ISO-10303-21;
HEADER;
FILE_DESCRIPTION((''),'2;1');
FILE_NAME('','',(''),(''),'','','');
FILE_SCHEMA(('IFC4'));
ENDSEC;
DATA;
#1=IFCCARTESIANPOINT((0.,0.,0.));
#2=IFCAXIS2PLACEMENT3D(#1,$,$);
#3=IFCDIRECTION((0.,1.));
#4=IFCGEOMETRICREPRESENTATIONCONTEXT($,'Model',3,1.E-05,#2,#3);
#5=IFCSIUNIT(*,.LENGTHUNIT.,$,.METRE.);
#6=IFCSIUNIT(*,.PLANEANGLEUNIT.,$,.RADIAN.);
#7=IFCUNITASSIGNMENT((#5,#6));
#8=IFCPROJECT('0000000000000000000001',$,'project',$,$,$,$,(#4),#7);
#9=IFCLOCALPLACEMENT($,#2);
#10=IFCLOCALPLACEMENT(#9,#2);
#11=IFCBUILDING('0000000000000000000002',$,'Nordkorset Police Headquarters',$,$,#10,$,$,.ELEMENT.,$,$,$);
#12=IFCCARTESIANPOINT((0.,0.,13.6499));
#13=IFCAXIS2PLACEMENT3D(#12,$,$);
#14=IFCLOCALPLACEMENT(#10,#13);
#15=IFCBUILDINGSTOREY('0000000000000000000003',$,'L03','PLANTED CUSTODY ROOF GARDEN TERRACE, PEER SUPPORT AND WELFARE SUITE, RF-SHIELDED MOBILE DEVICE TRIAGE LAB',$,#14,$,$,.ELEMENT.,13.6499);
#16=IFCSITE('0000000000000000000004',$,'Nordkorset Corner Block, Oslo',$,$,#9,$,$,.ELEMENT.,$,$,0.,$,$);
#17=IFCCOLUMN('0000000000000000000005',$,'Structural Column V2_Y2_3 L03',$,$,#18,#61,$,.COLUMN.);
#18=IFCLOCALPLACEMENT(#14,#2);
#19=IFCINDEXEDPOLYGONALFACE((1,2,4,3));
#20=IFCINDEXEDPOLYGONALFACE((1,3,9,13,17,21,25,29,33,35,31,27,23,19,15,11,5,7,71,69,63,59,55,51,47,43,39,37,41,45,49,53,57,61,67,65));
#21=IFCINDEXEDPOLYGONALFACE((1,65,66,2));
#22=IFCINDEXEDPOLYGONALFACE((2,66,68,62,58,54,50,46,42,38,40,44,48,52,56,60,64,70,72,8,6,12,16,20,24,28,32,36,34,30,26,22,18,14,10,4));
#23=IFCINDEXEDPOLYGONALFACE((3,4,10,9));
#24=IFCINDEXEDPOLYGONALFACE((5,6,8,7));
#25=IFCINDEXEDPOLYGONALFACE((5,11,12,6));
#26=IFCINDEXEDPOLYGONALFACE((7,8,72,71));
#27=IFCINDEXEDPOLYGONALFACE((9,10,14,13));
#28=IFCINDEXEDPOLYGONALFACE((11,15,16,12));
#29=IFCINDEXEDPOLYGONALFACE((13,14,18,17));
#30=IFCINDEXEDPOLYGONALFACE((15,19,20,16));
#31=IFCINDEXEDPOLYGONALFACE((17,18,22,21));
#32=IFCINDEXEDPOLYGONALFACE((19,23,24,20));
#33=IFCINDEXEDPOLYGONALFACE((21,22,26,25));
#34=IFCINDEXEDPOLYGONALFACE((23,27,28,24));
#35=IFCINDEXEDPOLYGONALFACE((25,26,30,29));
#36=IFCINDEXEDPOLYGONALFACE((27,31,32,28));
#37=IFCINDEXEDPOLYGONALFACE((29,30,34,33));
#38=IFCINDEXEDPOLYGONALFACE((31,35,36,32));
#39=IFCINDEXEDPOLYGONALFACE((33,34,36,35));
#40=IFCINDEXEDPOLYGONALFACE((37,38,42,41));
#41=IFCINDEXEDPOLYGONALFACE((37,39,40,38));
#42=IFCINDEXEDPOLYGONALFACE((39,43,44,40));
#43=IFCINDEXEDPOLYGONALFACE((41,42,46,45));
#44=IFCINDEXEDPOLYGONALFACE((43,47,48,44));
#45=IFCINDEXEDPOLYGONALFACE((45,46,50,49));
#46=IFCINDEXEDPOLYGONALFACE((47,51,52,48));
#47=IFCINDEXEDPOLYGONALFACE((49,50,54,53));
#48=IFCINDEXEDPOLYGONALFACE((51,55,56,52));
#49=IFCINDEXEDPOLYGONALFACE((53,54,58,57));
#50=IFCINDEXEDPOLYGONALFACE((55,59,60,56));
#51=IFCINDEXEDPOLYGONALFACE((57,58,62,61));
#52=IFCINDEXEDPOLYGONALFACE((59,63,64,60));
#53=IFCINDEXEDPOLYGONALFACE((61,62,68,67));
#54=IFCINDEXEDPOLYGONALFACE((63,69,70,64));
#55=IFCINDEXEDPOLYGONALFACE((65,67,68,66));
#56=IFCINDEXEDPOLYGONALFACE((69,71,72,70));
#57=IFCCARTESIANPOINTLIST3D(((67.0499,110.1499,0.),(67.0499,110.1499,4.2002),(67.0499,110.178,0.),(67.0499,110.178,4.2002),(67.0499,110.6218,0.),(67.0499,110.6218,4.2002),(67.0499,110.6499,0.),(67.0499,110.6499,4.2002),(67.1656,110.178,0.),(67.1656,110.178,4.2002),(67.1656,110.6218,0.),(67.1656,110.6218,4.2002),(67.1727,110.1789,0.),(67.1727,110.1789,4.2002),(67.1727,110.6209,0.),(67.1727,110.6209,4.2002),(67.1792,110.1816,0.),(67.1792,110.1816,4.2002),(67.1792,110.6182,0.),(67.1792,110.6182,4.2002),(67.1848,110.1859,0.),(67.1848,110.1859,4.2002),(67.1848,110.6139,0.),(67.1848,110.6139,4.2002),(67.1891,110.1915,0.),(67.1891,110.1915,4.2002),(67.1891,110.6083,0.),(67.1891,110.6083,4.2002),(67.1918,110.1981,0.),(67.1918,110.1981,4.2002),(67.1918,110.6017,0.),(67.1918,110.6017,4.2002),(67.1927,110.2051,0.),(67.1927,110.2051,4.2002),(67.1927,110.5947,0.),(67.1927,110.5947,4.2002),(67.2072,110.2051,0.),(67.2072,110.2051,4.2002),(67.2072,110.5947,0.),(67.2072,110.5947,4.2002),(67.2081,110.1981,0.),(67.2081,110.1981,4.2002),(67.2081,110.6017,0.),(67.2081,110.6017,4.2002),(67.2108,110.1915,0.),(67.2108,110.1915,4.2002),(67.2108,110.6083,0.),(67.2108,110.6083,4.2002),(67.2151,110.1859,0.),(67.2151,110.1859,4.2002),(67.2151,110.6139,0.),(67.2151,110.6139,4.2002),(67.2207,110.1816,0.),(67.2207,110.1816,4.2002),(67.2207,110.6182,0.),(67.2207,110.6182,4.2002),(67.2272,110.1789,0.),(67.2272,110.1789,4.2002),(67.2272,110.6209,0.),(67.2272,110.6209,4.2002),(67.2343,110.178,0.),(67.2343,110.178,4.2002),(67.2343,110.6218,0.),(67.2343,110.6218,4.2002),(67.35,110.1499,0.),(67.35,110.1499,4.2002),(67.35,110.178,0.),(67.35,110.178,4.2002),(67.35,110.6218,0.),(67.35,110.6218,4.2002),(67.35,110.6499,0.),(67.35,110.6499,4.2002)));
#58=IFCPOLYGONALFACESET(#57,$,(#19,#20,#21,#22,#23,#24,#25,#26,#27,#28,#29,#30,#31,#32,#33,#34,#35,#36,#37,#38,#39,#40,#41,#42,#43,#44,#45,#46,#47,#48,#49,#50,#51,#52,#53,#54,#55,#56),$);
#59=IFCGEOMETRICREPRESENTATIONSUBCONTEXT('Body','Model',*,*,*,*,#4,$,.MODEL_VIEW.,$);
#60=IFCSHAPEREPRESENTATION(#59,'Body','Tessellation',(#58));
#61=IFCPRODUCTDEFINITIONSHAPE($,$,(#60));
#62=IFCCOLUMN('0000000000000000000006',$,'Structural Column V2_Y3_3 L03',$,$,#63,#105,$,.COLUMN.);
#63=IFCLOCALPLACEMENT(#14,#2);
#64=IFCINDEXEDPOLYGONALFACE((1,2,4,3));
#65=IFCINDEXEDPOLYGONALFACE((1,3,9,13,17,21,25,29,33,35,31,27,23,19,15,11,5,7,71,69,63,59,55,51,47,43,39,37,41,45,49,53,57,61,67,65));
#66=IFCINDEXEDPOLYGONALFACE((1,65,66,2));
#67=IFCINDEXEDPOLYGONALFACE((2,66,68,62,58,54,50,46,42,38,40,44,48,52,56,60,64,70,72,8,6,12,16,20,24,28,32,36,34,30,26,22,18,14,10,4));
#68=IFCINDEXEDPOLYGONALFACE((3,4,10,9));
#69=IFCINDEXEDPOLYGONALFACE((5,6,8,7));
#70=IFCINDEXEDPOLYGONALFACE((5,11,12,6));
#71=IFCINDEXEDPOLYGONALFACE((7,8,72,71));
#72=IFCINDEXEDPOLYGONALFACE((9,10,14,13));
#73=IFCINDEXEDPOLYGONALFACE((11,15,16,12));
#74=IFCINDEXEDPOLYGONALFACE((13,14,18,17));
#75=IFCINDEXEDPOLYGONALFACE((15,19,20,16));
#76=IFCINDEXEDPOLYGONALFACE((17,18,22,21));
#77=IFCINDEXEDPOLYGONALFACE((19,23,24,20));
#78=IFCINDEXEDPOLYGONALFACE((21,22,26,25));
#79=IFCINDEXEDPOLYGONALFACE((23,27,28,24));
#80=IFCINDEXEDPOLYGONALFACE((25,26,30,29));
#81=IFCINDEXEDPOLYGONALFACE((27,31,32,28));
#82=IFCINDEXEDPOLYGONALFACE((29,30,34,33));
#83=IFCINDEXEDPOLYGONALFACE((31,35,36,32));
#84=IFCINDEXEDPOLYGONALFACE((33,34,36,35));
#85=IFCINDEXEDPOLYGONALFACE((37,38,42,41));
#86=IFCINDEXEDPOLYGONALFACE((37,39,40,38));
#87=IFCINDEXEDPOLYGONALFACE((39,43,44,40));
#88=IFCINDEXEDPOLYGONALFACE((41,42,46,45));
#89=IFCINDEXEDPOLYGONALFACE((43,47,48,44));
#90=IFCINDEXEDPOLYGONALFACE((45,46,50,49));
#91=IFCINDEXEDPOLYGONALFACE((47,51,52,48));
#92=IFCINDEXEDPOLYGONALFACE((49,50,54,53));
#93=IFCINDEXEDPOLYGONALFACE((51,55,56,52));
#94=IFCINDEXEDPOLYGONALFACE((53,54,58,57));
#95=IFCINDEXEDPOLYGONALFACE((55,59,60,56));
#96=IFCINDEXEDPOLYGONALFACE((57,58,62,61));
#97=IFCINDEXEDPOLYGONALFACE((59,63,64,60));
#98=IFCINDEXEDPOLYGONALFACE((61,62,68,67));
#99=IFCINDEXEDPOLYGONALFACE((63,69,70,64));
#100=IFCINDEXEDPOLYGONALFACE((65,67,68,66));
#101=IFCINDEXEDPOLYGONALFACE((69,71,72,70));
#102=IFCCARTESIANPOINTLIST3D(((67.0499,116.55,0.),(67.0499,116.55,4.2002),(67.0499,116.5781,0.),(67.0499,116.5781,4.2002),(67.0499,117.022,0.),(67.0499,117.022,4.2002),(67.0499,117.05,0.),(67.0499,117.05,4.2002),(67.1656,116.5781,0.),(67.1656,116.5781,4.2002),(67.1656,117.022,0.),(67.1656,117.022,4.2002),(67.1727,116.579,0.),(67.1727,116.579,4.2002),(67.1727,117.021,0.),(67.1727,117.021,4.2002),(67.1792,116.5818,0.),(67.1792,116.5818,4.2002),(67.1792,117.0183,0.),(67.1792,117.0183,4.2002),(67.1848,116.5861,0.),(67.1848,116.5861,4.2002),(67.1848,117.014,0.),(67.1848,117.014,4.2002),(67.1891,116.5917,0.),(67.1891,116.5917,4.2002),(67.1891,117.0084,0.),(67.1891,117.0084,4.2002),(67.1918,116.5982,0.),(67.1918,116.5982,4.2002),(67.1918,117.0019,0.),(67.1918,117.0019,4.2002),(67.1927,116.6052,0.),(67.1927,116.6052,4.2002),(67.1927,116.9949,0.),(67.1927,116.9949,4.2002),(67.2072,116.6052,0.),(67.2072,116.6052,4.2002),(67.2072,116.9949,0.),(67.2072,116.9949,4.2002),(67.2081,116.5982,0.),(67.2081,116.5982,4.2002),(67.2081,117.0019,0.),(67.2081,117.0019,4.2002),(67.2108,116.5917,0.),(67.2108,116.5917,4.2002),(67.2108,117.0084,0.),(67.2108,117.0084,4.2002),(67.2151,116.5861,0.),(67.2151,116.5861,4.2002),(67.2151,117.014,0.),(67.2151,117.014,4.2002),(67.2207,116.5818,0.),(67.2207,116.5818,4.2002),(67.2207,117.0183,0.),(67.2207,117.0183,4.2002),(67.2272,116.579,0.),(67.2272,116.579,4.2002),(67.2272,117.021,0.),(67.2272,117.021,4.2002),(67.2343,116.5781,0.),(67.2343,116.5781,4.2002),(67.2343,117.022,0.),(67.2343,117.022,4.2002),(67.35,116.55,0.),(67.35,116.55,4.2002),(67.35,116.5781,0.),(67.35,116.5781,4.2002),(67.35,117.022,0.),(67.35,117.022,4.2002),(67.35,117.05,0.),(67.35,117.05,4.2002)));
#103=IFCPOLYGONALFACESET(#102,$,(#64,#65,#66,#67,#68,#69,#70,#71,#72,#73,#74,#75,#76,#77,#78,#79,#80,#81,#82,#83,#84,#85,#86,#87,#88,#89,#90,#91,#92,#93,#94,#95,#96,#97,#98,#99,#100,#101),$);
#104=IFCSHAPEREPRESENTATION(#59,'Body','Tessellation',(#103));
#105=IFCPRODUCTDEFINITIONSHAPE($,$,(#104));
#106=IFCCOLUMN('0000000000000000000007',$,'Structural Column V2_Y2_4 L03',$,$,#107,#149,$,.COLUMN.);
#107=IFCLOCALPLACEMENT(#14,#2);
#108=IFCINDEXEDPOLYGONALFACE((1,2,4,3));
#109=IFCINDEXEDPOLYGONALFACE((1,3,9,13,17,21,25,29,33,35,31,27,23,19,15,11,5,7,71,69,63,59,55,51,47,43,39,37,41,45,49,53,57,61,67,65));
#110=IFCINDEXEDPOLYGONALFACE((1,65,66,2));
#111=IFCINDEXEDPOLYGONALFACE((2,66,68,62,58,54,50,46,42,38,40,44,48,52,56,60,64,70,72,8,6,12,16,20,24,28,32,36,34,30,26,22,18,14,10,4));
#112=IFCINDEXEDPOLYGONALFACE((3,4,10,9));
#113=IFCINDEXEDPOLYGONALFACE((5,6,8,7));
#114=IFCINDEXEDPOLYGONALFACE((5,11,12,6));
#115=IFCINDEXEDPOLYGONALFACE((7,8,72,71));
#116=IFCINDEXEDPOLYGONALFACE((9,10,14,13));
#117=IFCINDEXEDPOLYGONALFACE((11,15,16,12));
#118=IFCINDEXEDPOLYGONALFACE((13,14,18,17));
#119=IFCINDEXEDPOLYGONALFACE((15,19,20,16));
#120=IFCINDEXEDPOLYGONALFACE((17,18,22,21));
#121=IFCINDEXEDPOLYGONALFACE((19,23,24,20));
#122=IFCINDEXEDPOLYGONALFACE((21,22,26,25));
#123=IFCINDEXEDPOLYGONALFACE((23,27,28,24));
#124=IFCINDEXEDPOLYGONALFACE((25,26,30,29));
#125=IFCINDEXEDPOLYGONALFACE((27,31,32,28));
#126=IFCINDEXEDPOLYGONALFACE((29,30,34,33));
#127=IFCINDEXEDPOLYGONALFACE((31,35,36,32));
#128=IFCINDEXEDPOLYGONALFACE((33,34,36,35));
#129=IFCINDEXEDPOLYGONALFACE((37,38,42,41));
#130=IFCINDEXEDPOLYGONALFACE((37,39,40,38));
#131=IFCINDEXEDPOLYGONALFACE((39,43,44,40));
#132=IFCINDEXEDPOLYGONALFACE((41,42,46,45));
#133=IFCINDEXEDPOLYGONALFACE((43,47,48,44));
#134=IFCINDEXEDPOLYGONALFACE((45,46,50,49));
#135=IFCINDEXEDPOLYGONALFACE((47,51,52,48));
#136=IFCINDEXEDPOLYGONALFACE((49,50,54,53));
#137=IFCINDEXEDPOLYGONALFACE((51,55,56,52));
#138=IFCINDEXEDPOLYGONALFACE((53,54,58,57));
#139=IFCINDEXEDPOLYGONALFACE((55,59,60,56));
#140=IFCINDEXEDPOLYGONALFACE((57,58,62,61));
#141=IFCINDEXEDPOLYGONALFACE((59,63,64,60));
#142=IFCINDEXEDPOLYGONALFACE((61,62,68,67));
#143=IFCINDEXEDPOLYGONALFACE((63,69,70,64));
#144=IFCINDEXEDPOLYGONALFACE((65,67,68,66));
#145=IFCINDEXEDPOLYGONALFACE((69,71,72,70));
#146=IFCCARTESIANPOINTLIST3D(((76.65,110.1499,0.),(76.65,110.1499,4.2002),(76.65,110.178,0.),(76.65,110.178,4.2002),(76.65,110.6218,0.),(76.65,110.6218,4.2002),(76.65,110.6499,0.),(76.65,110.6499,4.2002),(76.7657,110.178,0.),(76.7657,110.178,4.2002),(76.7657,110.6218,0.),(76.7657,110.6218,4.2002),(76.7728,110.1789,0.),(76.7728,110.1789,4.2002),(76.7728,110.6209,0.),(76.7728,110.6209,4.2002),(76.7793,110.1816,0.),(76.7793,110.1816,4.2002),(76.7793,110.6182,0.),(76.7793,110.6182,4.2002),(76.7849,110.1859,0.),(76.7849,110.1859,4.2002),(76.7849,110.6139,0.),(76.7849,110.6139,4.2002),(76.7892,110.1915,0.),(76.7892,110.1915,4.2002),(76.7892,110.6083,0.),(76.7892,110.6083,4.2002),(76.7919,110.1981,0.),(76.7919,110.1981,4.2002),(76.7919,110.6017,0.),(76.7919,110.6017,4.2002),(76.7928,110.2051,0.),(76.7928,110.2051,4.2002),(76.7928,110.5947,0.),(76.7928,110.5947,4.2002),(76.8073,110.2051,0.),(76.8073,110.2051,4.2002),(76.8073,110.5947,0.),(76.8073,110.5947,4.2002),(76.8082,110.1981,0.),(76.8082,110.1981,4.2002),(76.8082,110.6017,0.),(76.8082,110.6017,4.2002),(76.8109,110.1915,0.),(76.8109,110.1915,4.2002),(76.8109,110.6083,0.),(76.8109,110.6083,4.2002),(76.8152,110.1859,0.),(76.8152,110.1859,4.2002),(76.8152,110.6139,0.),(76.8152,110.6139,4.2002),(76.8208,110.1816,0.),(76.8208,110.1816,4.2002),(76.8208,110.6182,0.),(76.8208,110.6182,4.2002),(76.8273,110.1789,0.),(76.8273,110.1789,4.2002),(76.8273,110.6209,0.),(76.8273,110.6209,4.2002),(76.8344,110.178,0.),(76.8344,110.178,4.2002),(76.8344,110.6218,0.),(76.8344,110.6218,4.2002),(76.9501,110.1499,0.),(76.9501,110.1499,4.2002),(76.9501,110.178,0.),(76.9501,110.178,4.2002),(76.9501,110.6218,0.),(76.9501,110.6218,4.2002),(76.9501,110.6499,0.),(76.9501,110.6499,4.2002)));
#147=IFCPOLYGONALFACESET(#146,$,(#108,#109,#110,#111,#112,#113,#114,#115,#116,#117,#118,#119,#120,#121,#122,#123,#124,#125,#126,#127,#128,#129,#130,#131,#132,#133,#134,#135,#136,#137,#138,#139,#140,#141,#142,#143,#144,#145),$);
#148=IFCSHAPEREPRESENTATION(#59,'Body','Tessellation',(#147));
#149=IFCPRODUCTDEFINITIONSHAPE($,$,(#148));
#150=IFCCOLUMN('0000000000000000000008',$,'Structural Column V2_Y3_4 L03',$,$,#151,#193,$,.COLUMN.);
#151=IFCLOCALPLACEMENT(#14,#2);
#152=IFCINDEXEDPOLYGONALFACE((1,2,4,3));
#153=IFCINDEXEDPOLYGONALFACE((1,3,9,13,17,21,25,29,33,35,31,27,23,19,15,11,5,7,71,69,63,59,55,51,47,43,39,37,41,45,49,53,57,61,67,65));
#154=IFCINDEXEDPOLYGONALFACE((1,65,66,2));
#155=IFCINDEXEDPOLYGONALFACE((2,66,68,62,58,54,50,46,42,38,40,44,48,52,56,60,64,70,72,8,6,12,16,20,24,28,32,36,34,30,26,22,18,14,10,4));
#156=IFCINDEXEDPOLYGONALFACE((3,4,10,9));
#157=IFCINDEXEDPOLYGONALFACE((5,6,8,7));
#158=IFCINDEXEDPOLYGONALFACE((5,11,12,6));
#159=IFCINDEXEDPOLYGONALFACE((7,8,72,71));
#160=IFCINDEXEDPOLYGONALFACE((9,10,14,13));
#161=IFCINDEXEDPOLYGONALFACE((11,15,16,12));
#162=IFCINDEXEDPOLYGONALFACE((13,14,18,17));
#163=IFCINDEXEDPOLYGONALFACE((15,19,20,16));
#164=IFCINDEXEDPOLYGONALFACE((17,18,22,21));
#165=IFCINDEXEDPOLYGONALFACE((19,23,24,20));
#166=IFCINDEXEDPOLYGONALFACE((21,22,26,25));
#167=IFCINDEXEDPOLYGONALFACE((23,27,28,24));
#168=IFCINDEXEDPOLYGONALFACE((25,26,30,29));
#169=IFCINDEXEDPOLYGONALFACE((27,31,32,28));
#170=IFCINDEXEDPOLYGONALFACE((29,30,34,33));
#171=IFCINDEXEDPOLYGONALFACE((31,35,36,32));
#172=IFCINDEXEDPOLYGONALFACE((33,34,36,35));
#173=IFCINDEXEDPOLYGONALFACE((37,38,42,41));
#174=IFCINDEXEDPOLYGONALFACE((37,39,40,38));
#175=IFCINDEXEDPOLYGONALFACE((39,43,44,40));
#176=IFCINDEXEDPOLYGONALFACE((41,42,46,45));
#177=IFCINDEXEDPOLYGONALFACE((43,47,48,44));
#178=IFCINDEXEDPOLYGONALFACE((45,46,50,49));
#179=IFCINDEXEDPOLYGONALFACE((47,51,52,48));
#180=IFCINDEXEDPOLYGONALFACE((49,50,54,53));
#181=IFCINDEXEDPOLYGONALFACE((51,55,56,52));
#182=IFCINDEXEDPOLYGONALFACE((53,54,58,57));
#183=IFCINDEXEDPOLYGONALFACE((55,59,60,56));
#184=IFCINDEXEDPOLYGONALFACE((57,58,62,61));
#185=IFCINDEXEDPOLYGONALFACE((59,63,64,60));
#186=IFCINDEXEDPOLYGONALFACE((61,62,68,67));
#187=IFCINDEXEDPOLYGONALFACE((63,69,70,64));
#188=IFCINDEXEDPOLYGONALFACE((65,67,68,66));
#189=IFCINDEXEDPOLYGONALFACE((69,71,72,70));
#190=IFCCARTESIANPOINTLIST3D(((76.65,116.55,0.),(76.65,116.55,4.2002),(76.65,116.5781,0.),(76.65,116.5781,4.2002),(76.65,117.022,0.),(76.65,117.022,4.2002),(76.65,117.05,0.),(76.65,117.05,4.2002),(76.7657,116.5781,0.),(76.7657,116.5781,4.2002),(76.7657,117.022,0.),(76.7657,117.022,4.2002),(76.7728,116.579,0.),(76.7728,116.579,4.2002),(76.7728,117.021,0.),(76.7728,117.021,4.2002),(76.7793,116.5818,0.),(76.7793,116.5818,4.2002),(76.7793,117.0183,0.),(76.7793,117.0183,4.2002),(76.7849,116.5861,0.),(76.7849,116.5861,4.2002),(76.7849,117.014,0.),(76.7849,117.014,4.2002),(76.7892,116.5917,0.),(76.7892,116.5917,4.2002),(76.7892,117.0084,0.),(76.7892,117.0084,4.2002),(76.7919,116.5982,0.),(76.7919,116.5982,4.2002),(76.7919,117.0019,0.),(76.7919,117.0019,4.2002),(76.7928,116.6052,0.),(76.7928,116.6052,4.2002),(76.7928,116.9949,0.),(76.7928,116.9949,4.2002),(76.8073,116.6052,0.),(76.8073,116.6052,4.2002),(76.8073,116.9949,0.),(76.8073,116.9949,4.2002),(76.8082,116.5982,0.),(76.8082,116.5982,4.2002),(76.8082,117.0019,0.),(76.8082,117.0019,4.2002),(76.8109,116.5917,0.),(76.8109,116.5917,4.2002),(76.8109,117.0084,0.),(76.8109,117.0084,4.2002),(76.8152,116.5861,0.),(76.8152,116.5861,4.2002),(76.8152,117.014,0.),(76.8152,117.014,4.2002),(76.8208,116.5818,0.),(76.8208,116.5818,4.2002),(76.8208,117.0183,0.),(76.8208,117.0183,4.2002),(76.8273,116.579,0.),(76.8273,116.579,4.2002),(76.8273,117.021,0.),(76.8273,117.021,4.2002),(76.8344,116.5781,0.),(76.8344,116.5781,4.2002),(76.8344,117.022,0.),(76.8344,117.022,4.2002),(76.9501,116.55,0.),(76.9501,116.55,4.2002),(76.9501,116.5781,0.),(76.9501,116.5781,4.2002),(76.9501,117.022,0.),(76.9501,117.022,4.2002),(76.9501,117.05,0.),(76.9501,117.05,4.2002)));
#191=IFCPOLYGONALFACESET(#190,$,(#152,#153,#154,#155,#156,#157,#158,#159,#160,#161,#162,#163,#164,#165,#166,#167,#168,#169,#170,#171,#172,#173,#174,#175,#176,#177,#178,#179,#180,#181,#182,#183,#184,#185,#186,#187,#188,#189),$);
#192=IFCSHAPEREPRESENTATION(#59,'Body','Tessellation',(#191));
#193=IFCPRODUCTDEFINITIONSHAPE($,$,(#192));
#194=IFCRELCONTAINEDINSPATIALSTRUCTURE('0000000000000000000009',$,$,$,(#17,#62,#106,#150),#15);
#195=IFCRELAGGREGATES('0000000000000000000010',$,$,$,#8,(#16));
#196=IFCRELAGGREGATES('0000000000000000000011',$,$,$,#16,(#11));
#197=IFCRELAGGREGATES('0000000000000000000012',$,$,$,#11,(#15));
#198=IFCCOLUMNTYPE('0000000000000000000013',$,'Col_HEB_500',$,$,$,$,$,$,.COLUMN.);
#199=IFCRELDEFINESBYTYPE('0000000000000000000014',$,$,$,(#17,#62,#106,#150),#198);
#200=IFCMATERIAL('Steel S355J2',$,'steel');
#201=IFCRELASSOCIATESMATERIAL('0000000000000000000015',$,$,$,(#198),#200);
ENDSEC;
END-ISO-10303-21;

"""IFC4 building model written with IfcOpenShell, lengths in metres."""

from ifc_helpers import new_model, si_unit, direction, frame, origin, origin_2d, place, context, subcontext, project, spatial, i_section, extrude, material, material_profile, profile_set, type_object, element, save


model = new_model("IFC4")

# Units and contexts
model_context = context("Model", 3, precision=1e-05, world=origin(), true_north=direction((0.0, 1.0)))
body_context = subcontext(model_context, "Body", "Model", "MODEL_VIEW")
ifc_project = project(units=[si_unit("LENGTHUNIT", "METRE"), si_unit("PLANEANGLEUNIT", "RADIAN")], contexts=[model_context])

# Site, building, storey
site_placement = place(None, origin())
site = spatial("IfcSite", under=ifc_project, at=site_placement, Name="Nordkorset Corner Block, Oslo", CompositionType="ELEMENT", RefElevation=0.0)
building_placement = place(site_placement, origin())
building = spatial("IfcBuilding", under=site, at=building_placement, Name="Nordkorset Police Headquarters", CompositionType="ELEMENT")
storey_placement = place(building_placement, frame((0.0, 0.0, 13.6499)))
storey = spatial("IfcBuildingStorey", under=building, at=storey_placement, Name="L03", Description="PLANTED CUSTODY ROOF GARDEN TERRACE, PEER SUPPORT AND WELFARE SUITE, RF-SHIELDED MOBILE DEVICE TRIAGE LAB", CompositionType="ELEMENT", Elevation=13.6499)

# Columns
ifc_material_1 = material(Name="Steel S355J2", Category="steel")
ifc_material_profile_1 = material_profile(ifc_material_1, i_section(OverallWidth=0.3, OverallDepth=0.5, WebThickness=0.0144, FlangeThickness=0.0281, FilletRadius=0.0271, at=origin_2d()), Name="HEB 500")
ifc_profile_set_1 = profile_set([ifc_material_profile_1], Name="Steel S355J2")
column_type = type_object("IfcColumnType", Name="Col_HEB_500", PredefinedType="COLUMN", material=ifc_profile_set_1)
for number, where, z_axis, x_axis, name in (
    (1, (67.2, 110.3999, 0.0), (0.0, 0.0, 1.0), (1.0, 0.0, 0.0), "Structural Column V2_Y2_3 L03"),
    (2, (67.2, 116.8, 0.0), (0.0, 0.0, 1.0), (1.0, 0.0, 0.0), "Structural Column V2_Y3_3 L03"),
    (3, (76.8, 110.3999, 0.0), (0.0, 0.0, 1.0), (1.0, 0.0, 0.0), "Structural Column V2_Y2_4 L03"),
    (4, (76.8, 116.8, 0.0), (0.0, 0.0, 1.0), (1.0, 0.0, 0.0), "Structural Column V2_Y3_4 L03"),
):
    element("IfcColumn", number, at=place(storey_placement, frame(where, z_axis=z_axis, x_axis=x_axis)), inside=storey, type_object=column_type, Name=name, PredefinedType="COLUMN", context=body_context, shape_type="SweptSolid", body=[
        extrude(i_section(OverallWidth=0.3, OverallDepth=0.5, WebThickness=0.0144, FlangeThickness=0.0281, FilletRadius=0.0271, at=origin_2d()), origin(), (0.0, 0.0, 1.0), 4.2002),
    ])

save(model, "model.ifc")
